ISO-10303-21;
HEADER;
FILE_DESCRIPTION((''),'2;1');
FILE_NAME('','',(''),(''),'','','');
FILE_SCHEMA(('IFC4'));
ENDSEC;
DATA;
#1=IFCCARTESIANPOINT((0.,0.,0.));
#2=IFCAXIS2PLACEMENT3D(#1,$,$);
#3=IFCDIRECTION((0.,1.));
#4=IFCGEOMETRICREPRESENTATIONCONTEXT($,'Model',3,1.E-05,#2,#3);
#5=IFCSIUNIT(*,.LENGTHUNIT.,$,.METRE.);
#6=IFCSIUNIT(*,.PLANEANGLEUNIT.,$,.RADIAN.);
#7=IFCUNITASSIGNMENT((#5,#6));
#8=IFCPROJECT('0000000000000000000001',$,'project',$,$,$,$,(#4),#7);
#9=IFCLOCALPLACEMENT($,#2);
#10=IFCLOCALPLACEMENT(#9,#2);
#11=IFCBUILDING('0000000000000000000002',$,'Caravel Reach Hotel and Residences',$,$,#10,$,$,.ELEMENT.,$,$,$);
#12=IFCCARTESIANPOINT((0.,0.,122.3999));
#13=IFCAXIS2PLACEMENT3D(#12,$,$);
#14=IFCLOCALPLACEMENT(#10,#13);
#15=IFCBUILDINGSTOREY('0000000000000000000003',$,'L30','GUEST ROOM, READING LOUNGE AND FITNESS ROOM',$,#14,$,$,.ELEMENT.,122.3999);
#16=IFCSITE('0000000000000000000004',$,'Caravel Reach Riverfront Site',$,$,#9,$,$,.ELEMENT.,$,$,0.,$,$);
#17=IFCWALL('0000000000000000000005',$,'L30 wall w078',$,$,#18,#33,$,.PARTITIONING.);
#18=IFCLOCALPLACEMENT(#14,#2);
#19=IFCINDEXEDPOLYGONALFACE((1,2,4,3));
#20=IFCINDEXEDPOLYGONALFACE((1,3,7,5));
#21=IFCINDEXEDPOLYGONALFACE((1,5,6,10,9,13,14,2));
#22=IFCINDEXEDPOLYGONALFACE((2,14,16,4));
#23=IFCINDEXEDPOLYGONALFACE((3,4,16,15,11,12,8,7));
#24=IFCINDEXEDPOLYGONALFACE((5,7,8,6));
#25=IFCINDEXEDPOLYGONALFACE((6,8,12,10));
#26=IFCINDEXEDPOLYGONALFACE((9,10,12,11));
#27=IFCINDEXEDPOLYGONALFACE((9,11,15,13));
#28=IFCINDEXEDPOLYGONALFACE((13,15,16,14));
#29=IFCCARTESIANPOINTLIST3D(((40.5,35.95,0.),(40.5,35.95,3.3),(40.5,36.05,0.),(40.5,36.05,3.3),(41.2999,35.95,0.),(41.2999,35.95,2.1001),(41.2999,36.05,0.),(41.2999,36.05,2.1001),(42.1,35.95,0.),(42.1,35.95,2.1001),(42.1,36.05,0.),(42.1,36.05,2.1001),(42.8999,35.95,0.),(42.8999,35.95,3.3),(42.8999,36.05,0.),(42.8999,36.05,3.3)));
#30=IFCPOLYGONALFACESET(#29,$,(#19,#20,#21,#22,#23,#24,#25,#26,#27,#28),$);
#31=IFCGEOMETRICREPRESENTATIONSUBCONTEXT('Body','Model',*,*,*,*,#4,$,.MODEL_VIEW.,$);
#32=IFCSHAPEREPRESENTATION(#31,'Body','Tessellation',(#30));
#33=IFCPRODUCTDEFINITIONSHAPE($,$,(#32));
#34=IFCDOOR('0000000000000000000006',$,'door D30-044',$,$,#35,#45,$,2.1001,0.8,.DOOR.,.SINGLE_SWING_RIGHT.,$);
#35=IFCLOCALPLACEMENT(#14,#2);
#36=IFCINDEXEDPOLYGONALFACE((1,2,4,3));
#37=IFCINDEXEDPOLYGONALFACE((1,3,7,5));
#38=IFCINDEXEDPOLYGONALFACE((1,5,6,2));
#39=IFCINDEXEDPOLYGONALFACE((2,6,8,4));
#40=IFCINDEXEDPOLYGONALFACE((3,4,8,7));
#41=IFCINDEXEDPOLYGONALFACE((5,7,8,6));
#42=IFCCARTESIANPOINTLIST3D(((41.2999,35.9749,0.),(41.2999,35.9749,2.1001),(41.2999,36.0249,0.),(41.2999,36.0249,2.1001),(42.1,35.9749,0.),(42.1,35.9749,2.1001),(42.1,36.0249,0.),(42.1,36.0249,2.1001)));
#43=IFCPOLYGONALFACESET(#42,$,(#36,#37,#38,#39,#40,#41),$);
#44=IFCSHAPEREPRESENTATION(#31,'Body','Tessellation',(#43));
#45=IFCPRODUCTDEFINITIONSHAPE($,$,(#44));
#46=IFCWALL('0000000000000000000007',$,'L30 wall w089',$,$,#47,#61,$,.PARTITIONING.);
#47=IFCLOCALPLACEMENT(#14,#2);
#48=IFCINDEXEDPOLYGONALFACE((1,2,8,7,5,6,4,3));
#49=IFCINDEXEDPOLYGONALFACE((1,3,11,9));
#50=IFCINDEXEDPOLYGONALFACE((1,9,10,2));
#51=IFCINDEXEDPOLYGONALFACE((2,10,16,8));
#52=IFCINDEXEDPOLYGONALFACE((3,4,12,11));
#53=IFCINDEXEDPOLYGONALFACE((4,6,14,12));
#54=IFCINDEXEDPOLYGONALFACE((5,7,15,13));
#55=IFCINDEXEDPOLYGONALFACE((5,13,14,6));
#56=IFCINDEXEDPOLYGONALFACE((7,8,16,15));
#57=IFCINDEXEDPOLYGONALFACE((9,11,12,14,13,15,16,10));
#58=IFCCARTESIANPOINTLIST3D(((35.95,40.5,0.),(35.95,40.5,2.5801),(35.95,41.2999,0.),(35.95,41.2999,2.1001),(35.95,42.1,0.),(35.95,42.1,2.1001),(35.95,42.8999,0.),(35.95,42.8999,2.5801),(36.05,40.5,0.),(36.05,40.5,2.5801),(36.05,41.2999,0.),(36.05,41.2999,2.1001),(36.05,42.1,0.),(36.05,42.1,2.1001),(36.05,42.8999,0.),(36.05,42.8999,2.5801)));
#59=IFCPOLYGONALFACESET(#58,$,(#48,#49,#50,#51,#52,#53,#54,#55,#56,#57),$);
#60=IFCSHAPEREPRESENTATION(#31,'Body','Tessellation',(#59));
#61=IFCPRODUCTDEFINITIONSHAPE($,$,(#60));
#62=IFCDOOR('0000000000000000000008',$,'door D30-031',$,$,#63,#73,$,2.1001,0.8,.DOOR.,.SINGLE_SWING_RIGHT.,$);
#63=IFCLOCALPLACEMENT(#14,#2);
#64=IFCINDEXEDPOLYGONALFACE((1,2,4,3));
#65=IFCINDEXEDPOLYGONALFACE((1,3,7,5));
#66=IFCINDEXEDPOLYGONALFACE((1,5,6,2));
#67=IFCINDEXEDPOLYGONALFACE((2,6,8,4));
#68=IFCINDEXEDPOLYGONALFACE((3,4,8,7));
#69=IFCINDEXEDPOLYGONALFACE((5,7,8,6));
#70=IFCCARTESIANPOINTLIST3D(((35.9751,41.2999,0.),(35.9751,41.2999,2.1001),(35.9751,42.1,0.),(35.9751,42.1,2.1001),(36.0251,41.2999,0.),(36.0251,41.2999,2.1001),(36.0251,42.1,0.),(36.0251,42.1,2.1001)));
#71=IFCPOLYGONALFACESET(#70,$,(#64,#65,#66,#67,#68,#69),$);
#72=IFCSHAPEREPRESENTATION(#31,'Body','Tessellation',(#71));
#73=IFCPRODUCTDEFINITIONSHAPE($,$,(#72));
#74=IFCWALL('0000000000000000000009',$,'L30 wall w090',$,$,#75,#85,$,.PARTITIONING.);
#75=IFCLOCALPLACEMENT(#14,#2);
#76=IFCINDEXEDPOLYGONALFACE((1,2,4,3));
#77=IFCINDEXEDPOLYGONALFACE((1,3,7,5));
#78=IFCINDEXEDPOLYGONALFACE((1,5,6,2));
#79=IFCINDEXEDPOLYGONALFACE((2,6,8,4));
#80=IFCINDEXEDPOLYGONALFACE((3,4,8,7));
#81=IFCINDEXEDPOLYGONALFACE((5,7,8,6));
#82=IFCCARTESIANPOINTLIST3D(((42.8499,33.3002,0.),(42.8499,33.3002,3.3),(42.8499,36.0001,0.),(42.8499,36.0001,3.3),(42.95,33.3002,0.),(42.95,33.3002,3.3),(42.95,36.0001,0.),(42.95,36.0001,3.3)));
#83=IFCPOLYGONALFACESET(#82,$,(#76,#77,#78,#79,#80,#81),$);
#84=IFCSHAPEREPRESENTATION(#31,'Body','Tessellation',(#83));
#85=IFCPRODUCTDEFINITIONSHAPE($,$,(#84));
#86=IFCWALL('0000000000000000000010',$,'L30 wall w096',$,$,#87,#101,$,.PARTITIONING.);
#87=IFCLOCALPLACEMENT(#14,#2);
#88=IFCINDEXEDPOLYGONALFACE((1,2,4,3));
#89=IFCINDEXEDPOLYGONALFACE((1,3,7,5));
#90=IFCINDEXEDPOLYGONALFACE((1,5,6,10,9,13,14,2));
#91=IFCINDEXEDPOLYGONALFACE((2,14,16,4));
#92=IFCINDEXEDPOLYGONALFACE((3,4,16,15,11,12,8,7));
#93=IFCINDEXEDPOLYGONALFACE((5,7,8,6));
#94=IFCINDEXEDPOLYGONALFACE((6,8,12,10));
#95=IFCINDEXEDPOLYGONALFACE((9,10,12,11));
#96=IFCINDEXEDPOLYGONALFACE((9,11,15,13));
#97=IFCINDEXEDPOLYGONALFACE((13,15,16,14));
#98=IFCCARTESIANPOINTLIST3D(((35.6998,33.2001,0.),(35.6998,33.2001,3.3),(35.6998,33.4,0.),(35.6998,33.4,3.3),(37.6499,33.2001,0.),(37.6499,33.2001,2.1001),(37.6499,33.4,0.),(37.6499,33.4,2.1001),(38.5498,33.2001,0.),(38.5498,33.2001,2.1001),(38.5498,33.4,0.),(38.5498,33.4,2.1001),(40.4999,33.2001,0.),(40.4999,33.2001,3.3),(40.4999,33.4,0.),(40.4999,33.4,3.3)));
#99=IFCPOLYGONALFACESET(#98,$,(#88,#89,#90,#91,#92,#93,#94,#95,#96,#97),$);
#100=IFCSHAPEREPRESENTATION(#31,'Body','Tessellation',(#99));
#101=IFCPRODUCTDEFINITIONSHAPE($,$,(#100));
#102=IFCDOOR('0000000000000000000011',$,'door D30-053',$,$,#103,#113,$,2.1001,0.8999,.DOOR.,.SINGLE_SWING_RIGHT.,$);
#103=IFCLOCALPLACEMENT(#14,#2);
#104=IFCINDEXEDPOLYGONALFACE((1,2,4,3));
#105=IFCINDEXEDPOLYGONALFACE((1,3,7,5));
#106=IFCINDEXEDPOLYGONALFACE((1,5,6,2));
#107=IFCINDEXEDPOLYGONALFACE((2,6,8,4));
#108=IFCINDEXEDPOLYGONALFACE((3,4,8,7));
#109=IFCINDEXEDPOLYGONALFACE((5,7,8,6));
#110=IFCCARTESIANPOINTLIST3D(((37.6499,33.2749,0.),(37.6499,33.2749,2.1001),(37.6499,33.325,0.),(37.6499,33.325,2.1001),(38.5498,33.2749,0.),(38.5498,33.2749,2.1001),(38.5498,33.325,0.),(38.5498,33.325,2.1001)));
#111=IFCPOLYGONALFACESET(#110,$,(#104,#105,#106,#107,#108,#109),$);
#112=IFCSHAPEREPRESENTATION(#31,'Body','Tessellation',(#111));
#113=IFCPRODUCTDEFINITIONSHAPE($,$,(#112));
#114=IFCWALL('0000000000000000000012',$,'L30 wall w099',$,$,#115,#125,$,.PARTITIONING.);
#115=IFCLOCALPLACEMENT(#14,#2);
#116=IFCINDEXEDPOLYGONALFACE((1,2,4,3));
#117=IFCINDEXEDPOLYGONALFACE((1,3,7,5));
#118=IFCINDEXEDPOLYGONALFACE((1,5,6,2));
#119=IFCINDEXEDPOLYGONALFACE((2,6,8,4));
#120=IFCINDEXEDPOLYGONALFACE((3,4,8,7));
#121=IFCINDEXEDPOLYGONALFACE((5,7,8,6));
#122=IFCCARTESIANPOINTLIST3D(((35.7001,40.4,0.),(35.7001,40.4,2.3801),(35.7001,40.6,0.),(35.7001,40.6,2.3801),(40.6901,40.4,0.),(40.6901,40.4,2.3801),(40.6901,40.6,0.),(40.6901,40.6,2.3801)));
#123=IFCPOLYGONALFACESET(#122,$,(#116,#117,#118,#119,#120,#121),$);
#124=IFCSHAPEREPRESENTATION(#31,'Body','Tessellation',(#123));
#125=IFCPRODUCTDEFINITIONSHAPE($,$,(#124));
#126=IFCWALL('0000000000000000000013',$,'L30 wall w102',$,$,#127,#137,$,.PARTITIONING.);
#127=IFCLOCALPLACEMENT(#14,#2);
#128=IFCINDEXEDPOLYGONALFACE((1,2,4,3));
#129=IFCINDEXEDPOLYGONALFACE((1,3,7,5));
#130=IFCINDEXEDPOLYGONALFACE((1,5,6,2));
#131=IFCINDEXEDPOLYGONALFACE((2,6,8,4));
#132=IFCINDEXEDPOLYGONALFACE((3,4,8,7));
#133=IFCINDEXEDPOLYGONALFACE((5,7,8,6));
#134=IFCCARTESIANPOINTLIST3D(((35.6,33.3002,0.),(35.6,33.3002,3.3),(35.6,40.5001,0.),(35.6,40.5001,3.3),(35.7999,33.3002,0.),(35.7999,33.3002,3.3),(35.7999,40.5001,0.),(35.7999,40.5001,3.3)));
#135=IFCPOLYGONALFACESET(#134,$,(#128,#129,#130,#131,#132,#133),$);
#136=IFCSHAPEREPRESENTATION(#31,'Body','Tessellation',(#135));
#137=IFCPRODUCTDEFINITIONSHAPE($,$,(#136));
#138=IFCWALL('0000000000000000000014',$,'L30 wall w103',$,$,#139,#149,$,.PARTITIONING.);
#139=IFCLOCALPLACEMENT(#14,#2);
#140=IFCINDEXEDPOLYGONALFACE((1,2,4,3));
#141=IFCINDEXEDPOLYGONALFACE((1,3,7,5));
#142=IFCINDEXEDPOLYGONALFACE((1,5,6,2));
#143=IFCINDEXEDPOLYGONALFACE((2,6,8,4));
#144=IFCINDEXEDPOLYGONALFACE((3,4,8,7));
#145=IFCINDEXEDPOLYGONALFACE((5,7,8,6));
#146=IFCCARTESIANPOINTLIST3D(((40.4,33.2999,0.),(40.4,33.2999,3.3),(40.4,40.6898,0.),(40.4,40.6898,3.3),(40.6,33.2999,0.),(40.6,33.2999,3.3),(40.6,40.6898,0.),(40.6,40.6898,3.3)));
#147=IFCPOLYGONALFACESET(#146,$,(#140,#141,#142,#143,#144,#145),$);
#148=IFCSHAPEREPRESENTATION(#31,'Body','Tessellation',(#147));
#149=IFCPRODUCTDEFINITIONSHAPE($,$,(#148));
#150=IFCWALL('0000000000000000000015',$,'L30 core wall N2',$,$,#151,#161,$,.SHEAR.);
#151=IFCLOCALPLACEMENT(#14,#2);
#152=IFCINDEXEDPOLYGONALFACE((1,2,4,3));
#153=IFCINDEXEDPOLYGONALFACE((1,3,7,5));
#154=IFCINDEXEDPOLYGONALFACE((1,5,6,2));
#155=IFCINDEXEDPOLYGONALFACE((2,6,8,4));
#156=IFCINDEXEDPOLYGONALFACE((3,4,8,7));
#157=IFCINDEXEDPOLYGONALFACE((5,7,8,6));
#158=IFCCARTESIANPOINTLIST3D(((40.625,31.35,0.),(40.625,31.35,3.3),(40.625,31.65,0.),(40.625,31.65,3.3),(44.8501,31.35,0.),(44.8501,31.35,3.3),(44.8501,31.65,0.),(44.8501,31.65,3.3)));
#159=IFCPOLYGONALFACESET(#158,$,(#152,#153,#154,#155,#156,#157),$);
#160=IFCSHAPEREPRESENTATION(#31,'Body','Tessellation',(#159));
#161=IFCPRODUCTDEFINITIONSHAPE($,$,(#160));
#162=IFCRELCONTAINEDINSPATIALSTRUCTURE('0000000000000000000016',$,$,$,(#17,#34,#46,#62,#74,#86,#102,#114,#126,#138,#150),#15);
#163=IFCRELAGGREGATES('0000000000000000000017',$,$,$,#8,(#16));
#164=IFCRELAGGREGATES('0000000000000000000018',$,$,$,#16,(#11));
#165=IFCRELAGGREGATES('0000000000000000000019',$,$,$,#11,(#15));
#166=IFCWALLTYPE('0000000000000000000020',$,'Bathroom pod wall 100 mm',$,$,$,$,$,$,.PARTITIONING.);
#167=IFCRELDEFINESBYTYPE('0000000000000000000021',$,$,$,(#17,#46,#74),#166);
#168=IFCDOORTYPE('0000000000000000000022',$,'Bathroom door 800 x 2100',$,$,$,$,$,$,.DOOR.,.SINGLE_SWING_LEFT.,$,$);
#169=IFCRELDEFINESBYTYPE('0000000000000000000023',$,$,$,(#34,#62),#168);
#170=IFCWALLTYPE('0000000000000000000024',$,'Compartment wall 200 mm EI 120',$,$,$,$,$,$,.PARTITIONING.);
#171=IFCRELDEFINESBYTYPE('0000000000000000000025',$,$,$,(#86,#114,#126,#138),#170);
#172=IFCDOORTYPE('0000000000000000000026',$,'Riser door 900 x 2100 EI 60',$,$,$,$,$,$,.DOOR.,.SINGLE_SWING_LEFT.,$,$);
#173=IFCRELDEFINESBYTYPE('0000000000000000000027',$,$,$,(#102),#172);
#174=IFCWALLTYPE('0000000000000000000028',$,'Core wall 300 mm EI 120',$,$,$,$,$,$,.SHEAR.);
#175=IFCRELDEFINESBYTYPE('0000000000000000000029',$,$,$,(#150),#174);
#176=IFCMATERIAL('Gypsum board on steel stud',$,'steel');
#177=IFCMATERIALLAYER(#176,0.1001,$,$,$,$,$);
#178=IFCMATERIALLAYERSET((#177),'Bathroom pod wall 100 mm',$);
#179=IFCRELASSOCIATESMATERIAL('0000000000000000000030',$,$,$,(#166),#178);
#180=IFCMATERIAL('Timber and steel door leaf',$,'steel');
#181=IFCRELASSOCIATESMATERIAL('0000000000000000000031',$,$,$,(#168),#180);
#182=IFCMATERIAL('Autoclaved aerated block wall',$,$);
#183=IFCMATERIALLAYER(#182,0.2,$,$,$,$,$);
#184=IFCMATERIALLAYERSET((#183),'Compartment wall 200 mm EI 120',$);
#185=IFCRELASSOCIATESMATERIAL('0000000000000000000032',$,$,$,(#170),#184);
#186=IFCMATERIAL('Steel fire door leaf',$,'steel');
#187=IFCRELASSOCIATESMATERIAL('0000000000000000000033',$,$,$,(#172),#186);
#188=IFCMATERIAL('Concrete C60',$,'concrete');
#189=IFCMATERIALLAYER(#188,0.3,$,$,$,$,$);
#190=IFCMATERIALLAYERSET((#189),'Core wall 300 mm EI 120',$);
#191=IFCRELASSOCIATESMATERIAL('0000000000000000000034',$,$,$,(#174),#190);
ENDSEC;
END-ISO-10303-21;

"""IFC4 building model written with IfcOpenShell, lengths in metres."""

from ifc_helpers import new_model, si_unit, direction, frame, frame_2d, origin, place, context, subcontext, project, spatial, rectangle, extrude, material, layer, layer_set, type_object, element, fill, save


model = new_model("IFC4")

# Units and contexts
model_context = context("Model", 3, precision=1e-05, world=origin(), true_north=direction((0.0, 1.0)))
body_context = subcontext(model_context, "Body", "Model", "MODEL_VIEW")
ifc_project = project(units=[si_unit("LENGTHUNIT", "METRE"), si_unit("PLANEANGLEUNIT", "RADIAN")], contexts=[model_context])

# Site, building, storey
site_placement = place(None, origin())
site = spatial("IfcSite", under=ifc_project, at=site_placement, Name="Caravel Reach Riverfront Site", CompositionType="ELEMENT", RefElevation=0.0)
building_placement = place(site_placement, origin())
building = spatial("IfcBuilding", under=site, at=building_placement, Name="Caravel Reach Hotel and Residences", CompositionType="ELEMENT")
storey_placement = place(building_placement, frame((0.0, 0.0, 122.3999)))
storey = spatial("IfcBuildingStorey", under=building, at=storey_placement, Name="L30", Description="GUEST ROOM, READING LOUNGE AND FITNESS ROOM", CompositionType="ELEMENT", Elevation=122.3999)

# Walls, openings, doors
ifc_material_1 = material(Name="Gypsum board on steel stud", Category="steel")
ifc_layer_1 = layer(ifc_material_1, 0.1001)
ifc_layer_set_1 = layer_set([ifc_layer_1], Name="Bathroom pod wall 100 mm")
wall_type_1 = type_object("IfcWallType", Name="Bathroom pod wall 100 mm", PredefinedType="PARTITIONING", material=ifc_layer_set_1)
wall_1_placement = place(storey_placement, frame((40.5, 36.0, 0.0), z_axis=(0.0, 0.0, 1.0), x_axis=(1.0, 0.0, 0.0)))
wall_1 = element("IfcWall", 1, at=wall_1_placement, inside=storey, type_object=wall_type_1, Name="L30 wall w078", PredefinedType="PARTITIONING", context=body_context, shape_type="SweptSolid", body=[
    extrude(rectangle(XDim=2.3999, YDim=0.1001, at=frame_2d((1.2, 0.0))), origin(), (0.0, 0.0, 1.0), 3.3),
])
opening_1_placement = place(wall_1_placement, frame((0.8, 0.0, 0.0)))
opening_1 = element("IfcOpeningElement", 2, at=opening_1_placement, cuts=wall_1, PredefinedType="OPENING", context=body_context, shape_type="SweptSolid", body=[
    extrude(rectangle(XDim=0.8, YDim=2.1001, at=frame_2d((0.3999, 1.05))), frame((0.0, 0.0601, 0.0), z_axis=(0.0, -1.0, 0.0), x_axis=(1.0, 0.0, 0.0)), (0.0, 0.0, 1.0), 0.1201),
])
ifc_material_2 = material(Name="Timber and steel door leaf", Category="steel")
door_type_1 = type_object("IfcDoorType", Name="Bathroom door 800 x 2100", OperationType="SINGLE_SWING_LEFT", PredefinedType="DOOR", material=ifc_material_2)
door_1_placement = place(opening_1_placement, origin())
door_1 = element("IfcDoor", 3, at=door_1_placement, inside=storey, type_object=door_type_1, Name="door D30-044", OperationType="SINGLE_SWING_RIGHT", OverallHeight=2.1001, OverallWidth=0.8, PredefinedType="DOOR", context=body_context, shape_type="SweptSolid", body=[
    extrude(rectangle(XDim=0.8, YDim=2.1001, at=frame_2d((0.3999, 1.05))), frame((0.0, 0.0249, 0.0), z_axis=(0.0, -1.0, 0.0), x_axis=(1.0, 0.0, 0.0)), (0.0, 0.0, 1.0), 0.05),
])
fill(opening_1, door_1)
wall_2_placement = place(storey_placement, frame((36.0, 40.5, 0.0), z_axis=(0.0, 0.0, 1.0), x_axis=(0.0, 1.0, 0.0)))
wall_2 = element("IfcWall", 4, at=wall_2_placement, inside=storey, type_object=wall_type_1, Name="L30 wall w089", PredefinedType="PARTITIONING", context=body_context, shape_type="SweptSolid", body=[
    extrude(rectangle(XDim=2.3999, YDim=0.1001, at=frame_2d((1.2, 0.0))), origin(), (0.0, 0.0, 1.0), 2.5801),
])
opening_2_placement = place(wall_2_placement, frame((0.8, 0.0, 0.0)))
opening_2 = element("IfcOpeningElement", 5, at=opening_2_placement, cuts=wall_2, PredefinedType="OPENING", context=body_context, shape_type="SweptSolid", body=[
    extrude(rectangle(XDim=0.8, YDim=2.1001, at=frame_2d((0.3999, 1.05))), frame((0.0, 0.0601, 0.0), z_axis=(0.0, -1.0, 0.0), x_axis=(1.0, 0.0, 0.0)), (0.0, 0.0, 1.0), 0.1201),
])
door_2_placement = place(opening_2_placement, origin())
door_2 = element("IfcDoor", 6, at=door_2_placement, inside=storey, type_object=door_type_1, Name="door D30-031", OperationType="SINGLE_SWING_RIGHT", OverallHeight=2.1001, OverallWidth=0.8, PredefinedType="DOOR", context=body_context, shape_type="SweptSolid", body=[
    extrude(rectangle(XDim=0.8, YDim=2.1001, at=frame_2d((0.3999, 1.05))), frame((0.0, 0.0249, 0.0), z_axis=(0.0, -1.0, 0.0), x_axis=(1.0, 0.0, 0.0)), (0.0, 0.0, 1.0), 0.05),
])
fill(opening_2, door_2)

# Wall
wall_3_placement = place(storey_placement, frame((42.8999, 33.3, 0.0), z_axis=(0.0, 0.0, 1.0), x_axis=(0.0, 1.0, 0.0)))
element("IfcWall", 7, at=wall_3_placement, inside=storey, type_object=wall_type_1, Name="L30 wall w090", PredefinedType="PARTITIONING", context=body_context, shape_type="SweptSolid", body=[
    extrude(rectangle(XDim=2.7, YDim=0.1001, at=frame_2d((1.3501, 0.0))), origin(), (0.0, 0.0, 1.0), 3.3),
])

# Wall, opening, door
ifc_material_3 = material(Name="Autoclaved aerated block wall")
ifc_layer_2 = layer(ifc_material_3, 0.2)
ifc_layer_set_2 = layer_set([ifc_layer_2], Name="Compartment wall 200 mm EI 120")
wall_type_2 = type_object("IfcWallType", Name="Compartment wall 200 mm EI 120", PredefinedType="PARTITIONING", material=ifc_layer_set_2)
wall_4_placement = place(storey_placement, frame((35.7, 33.3, 0.0), z_axis=(0.0, 0.0, 1.0), x_axis=(1.0, 0.0, 0.0)))
wall_4 = element("IfcWall", 8, at=wall_4_placement, inside=storey, type_object=wall_type_2, Name="L30 wall w096", PredefinedType="PARTITIONING", context=body_context, shape_type="SweptSolid", body=[
    extrude(rectangle(XDim=4.8, YDim=0.2, at=frame_2d((2.3999, 0.0))), origin(), (0.0, 0.0, 1.0), 3.3),
])
opening_3_placement = place(wall_4_placement, frame((1.95, 0.0, 0.0)))
opening_3 = element("IfcOpeningElement", 9, at=opening_3_placement, cuts=wall_4, PredefinedType="OPENING", context=body_context, shape_type="SweptSolid", body=[
    extrude(rectangle(XDim=0.8999, YDim=2.1001, at=frame_2d((0.45, 1.05))), frame((0.0, 0.1099, 0.0), z_axis=(0.0, -1.0, 0.0), x_axis=(1.0, 0.0, 0.0)), (0.0, 0.0, 1.0), 0.22),
])
ifc_material_4 = material(Name="Steel fire door leaf", Category="steel")
door_type_2 = type_object("IfcDoorType", Name="Riser door 900 x 2100 EI 60", OperationType="SINGLE_SWING_LEFT", PredefinedType="DOOR", material=ifc_material_4)
door_3_placement = place(opening_3_placement, origin())
door_3 = element("IfcDoor", 10, at=door_3_placement, inside=storey, type_object=door_type_2, Name="door D30-053", OperationType="SINGLE_SWING_RIGHT", OverallHeight=2.1001, OverallWidth=0.8999, PredefinedType="DOOR", context=body_context, shape_type="SweptSolid", body=[
    extrude(rectangle(XDim=0.8999, YDim=2.1001, at=frame_2d((0.45, 1.05))), frame((0.0, 0.0249, 0.0), z_axis=(0.0, -1.0, 0.0), x_axis=(1.0, 0.0, 0.0)), (0.0, 0.0, 1.0), 0.05),
])
fill(opening_3, door_3)

# Walls
wall_5_placement = place(storey_placement, frame((35.7, 40.5, 0.0), z_axis=(0.0, 0.0, 1.0), x_axis=(1.0, 0.0, 0.0)))
element("IfcWall", 11, at=wall_5_placement, inside=storey, type_object=wall_type_2, Name="L30 wall w099", PredefinedType="PARTITIONING", context=body_context, shape_type="SweptSolid", body=[
    extrude(rectangle(XDim=4.99, YDim=0.2, at=frame_2d((2.4951, 0.0))), origin(), (0.0, 0.0, 1.0), 2.3801),
])
wall_6_placement = place(storey_placement, frame((35.7, 33.3, 0.0), z_axis=(0.0, 0.0, 1.0), x_axis=(0.0, 1.0, 0.0)))
element("IfcWall", 12, at=wall_6_placement, inside=storey, type_object=wall_type_2, Name="L30 wall w102", PredefinedType="PARTITIONING", context=body_context, shape_type="SweptSolid", body=[
    extrude(rectangle(XDim=7.2, YDim=0.2, at=frame_2d((3.6001, 0.0))), origin(), (0.0, 0.0, 1.0), 3.3),
])
wall_7_placement = place(storey_placement, frame((40.5, 33.3, 0.0), z_axis=(0.0, 0.0, 1.0), x_axis=(0.0, 1.0, 0.0)))
element("IfcWall", 13, at=wall_7_placement, inside=storey, type_object=wall_type_2, Name="L30 wall w103", PredefinedType="PARTITIONING", context=body_context, shape_type="SweptSolid", body=[
    extrude(rectangle(XDim=7.3899, YDim=0.2, at=frame_2d((3.6948, 0.0))), origin(), (0.0, 0.0, 1.0), 3.3),
])
ifc_material_5 = material(Name="Concrete C60", Category="concrete")
ifc_layer_3 = layer(ifc_material_5, 0.3)
ifc_layer_set_3 = layer_set([ifc_layer_3], Name="Core wall 300 mm EI 120")
wall_type_3 = type_object("IfcWallType", Name="Core wall 300 mm EI 120", PredefinedType="SHEAR", material=ifc_layer_set_3)
wall_8_placement = place(storey_placement, frame((40.625, 31.5, 0.0), z_axis=(0.0, 0.0, 1.0), x_axis=(1.0, 0.0, 0.0)))
element("IfcWall", 14, at=wall_8_placement, inside=storey, type_object=wall_type_3, Name="L30 core wall N2", PredefinedType="SHEAR", context=body_context, shape_type="SweptSolid", body=[
    extrude(rectangle(XDim=4.2251, YDim=0.3, at=frame_2d((2.1125, 0.0))), origin(), (0.0, 0.0, 1.0), 3.3),
])

save(model, "model.ifc")
